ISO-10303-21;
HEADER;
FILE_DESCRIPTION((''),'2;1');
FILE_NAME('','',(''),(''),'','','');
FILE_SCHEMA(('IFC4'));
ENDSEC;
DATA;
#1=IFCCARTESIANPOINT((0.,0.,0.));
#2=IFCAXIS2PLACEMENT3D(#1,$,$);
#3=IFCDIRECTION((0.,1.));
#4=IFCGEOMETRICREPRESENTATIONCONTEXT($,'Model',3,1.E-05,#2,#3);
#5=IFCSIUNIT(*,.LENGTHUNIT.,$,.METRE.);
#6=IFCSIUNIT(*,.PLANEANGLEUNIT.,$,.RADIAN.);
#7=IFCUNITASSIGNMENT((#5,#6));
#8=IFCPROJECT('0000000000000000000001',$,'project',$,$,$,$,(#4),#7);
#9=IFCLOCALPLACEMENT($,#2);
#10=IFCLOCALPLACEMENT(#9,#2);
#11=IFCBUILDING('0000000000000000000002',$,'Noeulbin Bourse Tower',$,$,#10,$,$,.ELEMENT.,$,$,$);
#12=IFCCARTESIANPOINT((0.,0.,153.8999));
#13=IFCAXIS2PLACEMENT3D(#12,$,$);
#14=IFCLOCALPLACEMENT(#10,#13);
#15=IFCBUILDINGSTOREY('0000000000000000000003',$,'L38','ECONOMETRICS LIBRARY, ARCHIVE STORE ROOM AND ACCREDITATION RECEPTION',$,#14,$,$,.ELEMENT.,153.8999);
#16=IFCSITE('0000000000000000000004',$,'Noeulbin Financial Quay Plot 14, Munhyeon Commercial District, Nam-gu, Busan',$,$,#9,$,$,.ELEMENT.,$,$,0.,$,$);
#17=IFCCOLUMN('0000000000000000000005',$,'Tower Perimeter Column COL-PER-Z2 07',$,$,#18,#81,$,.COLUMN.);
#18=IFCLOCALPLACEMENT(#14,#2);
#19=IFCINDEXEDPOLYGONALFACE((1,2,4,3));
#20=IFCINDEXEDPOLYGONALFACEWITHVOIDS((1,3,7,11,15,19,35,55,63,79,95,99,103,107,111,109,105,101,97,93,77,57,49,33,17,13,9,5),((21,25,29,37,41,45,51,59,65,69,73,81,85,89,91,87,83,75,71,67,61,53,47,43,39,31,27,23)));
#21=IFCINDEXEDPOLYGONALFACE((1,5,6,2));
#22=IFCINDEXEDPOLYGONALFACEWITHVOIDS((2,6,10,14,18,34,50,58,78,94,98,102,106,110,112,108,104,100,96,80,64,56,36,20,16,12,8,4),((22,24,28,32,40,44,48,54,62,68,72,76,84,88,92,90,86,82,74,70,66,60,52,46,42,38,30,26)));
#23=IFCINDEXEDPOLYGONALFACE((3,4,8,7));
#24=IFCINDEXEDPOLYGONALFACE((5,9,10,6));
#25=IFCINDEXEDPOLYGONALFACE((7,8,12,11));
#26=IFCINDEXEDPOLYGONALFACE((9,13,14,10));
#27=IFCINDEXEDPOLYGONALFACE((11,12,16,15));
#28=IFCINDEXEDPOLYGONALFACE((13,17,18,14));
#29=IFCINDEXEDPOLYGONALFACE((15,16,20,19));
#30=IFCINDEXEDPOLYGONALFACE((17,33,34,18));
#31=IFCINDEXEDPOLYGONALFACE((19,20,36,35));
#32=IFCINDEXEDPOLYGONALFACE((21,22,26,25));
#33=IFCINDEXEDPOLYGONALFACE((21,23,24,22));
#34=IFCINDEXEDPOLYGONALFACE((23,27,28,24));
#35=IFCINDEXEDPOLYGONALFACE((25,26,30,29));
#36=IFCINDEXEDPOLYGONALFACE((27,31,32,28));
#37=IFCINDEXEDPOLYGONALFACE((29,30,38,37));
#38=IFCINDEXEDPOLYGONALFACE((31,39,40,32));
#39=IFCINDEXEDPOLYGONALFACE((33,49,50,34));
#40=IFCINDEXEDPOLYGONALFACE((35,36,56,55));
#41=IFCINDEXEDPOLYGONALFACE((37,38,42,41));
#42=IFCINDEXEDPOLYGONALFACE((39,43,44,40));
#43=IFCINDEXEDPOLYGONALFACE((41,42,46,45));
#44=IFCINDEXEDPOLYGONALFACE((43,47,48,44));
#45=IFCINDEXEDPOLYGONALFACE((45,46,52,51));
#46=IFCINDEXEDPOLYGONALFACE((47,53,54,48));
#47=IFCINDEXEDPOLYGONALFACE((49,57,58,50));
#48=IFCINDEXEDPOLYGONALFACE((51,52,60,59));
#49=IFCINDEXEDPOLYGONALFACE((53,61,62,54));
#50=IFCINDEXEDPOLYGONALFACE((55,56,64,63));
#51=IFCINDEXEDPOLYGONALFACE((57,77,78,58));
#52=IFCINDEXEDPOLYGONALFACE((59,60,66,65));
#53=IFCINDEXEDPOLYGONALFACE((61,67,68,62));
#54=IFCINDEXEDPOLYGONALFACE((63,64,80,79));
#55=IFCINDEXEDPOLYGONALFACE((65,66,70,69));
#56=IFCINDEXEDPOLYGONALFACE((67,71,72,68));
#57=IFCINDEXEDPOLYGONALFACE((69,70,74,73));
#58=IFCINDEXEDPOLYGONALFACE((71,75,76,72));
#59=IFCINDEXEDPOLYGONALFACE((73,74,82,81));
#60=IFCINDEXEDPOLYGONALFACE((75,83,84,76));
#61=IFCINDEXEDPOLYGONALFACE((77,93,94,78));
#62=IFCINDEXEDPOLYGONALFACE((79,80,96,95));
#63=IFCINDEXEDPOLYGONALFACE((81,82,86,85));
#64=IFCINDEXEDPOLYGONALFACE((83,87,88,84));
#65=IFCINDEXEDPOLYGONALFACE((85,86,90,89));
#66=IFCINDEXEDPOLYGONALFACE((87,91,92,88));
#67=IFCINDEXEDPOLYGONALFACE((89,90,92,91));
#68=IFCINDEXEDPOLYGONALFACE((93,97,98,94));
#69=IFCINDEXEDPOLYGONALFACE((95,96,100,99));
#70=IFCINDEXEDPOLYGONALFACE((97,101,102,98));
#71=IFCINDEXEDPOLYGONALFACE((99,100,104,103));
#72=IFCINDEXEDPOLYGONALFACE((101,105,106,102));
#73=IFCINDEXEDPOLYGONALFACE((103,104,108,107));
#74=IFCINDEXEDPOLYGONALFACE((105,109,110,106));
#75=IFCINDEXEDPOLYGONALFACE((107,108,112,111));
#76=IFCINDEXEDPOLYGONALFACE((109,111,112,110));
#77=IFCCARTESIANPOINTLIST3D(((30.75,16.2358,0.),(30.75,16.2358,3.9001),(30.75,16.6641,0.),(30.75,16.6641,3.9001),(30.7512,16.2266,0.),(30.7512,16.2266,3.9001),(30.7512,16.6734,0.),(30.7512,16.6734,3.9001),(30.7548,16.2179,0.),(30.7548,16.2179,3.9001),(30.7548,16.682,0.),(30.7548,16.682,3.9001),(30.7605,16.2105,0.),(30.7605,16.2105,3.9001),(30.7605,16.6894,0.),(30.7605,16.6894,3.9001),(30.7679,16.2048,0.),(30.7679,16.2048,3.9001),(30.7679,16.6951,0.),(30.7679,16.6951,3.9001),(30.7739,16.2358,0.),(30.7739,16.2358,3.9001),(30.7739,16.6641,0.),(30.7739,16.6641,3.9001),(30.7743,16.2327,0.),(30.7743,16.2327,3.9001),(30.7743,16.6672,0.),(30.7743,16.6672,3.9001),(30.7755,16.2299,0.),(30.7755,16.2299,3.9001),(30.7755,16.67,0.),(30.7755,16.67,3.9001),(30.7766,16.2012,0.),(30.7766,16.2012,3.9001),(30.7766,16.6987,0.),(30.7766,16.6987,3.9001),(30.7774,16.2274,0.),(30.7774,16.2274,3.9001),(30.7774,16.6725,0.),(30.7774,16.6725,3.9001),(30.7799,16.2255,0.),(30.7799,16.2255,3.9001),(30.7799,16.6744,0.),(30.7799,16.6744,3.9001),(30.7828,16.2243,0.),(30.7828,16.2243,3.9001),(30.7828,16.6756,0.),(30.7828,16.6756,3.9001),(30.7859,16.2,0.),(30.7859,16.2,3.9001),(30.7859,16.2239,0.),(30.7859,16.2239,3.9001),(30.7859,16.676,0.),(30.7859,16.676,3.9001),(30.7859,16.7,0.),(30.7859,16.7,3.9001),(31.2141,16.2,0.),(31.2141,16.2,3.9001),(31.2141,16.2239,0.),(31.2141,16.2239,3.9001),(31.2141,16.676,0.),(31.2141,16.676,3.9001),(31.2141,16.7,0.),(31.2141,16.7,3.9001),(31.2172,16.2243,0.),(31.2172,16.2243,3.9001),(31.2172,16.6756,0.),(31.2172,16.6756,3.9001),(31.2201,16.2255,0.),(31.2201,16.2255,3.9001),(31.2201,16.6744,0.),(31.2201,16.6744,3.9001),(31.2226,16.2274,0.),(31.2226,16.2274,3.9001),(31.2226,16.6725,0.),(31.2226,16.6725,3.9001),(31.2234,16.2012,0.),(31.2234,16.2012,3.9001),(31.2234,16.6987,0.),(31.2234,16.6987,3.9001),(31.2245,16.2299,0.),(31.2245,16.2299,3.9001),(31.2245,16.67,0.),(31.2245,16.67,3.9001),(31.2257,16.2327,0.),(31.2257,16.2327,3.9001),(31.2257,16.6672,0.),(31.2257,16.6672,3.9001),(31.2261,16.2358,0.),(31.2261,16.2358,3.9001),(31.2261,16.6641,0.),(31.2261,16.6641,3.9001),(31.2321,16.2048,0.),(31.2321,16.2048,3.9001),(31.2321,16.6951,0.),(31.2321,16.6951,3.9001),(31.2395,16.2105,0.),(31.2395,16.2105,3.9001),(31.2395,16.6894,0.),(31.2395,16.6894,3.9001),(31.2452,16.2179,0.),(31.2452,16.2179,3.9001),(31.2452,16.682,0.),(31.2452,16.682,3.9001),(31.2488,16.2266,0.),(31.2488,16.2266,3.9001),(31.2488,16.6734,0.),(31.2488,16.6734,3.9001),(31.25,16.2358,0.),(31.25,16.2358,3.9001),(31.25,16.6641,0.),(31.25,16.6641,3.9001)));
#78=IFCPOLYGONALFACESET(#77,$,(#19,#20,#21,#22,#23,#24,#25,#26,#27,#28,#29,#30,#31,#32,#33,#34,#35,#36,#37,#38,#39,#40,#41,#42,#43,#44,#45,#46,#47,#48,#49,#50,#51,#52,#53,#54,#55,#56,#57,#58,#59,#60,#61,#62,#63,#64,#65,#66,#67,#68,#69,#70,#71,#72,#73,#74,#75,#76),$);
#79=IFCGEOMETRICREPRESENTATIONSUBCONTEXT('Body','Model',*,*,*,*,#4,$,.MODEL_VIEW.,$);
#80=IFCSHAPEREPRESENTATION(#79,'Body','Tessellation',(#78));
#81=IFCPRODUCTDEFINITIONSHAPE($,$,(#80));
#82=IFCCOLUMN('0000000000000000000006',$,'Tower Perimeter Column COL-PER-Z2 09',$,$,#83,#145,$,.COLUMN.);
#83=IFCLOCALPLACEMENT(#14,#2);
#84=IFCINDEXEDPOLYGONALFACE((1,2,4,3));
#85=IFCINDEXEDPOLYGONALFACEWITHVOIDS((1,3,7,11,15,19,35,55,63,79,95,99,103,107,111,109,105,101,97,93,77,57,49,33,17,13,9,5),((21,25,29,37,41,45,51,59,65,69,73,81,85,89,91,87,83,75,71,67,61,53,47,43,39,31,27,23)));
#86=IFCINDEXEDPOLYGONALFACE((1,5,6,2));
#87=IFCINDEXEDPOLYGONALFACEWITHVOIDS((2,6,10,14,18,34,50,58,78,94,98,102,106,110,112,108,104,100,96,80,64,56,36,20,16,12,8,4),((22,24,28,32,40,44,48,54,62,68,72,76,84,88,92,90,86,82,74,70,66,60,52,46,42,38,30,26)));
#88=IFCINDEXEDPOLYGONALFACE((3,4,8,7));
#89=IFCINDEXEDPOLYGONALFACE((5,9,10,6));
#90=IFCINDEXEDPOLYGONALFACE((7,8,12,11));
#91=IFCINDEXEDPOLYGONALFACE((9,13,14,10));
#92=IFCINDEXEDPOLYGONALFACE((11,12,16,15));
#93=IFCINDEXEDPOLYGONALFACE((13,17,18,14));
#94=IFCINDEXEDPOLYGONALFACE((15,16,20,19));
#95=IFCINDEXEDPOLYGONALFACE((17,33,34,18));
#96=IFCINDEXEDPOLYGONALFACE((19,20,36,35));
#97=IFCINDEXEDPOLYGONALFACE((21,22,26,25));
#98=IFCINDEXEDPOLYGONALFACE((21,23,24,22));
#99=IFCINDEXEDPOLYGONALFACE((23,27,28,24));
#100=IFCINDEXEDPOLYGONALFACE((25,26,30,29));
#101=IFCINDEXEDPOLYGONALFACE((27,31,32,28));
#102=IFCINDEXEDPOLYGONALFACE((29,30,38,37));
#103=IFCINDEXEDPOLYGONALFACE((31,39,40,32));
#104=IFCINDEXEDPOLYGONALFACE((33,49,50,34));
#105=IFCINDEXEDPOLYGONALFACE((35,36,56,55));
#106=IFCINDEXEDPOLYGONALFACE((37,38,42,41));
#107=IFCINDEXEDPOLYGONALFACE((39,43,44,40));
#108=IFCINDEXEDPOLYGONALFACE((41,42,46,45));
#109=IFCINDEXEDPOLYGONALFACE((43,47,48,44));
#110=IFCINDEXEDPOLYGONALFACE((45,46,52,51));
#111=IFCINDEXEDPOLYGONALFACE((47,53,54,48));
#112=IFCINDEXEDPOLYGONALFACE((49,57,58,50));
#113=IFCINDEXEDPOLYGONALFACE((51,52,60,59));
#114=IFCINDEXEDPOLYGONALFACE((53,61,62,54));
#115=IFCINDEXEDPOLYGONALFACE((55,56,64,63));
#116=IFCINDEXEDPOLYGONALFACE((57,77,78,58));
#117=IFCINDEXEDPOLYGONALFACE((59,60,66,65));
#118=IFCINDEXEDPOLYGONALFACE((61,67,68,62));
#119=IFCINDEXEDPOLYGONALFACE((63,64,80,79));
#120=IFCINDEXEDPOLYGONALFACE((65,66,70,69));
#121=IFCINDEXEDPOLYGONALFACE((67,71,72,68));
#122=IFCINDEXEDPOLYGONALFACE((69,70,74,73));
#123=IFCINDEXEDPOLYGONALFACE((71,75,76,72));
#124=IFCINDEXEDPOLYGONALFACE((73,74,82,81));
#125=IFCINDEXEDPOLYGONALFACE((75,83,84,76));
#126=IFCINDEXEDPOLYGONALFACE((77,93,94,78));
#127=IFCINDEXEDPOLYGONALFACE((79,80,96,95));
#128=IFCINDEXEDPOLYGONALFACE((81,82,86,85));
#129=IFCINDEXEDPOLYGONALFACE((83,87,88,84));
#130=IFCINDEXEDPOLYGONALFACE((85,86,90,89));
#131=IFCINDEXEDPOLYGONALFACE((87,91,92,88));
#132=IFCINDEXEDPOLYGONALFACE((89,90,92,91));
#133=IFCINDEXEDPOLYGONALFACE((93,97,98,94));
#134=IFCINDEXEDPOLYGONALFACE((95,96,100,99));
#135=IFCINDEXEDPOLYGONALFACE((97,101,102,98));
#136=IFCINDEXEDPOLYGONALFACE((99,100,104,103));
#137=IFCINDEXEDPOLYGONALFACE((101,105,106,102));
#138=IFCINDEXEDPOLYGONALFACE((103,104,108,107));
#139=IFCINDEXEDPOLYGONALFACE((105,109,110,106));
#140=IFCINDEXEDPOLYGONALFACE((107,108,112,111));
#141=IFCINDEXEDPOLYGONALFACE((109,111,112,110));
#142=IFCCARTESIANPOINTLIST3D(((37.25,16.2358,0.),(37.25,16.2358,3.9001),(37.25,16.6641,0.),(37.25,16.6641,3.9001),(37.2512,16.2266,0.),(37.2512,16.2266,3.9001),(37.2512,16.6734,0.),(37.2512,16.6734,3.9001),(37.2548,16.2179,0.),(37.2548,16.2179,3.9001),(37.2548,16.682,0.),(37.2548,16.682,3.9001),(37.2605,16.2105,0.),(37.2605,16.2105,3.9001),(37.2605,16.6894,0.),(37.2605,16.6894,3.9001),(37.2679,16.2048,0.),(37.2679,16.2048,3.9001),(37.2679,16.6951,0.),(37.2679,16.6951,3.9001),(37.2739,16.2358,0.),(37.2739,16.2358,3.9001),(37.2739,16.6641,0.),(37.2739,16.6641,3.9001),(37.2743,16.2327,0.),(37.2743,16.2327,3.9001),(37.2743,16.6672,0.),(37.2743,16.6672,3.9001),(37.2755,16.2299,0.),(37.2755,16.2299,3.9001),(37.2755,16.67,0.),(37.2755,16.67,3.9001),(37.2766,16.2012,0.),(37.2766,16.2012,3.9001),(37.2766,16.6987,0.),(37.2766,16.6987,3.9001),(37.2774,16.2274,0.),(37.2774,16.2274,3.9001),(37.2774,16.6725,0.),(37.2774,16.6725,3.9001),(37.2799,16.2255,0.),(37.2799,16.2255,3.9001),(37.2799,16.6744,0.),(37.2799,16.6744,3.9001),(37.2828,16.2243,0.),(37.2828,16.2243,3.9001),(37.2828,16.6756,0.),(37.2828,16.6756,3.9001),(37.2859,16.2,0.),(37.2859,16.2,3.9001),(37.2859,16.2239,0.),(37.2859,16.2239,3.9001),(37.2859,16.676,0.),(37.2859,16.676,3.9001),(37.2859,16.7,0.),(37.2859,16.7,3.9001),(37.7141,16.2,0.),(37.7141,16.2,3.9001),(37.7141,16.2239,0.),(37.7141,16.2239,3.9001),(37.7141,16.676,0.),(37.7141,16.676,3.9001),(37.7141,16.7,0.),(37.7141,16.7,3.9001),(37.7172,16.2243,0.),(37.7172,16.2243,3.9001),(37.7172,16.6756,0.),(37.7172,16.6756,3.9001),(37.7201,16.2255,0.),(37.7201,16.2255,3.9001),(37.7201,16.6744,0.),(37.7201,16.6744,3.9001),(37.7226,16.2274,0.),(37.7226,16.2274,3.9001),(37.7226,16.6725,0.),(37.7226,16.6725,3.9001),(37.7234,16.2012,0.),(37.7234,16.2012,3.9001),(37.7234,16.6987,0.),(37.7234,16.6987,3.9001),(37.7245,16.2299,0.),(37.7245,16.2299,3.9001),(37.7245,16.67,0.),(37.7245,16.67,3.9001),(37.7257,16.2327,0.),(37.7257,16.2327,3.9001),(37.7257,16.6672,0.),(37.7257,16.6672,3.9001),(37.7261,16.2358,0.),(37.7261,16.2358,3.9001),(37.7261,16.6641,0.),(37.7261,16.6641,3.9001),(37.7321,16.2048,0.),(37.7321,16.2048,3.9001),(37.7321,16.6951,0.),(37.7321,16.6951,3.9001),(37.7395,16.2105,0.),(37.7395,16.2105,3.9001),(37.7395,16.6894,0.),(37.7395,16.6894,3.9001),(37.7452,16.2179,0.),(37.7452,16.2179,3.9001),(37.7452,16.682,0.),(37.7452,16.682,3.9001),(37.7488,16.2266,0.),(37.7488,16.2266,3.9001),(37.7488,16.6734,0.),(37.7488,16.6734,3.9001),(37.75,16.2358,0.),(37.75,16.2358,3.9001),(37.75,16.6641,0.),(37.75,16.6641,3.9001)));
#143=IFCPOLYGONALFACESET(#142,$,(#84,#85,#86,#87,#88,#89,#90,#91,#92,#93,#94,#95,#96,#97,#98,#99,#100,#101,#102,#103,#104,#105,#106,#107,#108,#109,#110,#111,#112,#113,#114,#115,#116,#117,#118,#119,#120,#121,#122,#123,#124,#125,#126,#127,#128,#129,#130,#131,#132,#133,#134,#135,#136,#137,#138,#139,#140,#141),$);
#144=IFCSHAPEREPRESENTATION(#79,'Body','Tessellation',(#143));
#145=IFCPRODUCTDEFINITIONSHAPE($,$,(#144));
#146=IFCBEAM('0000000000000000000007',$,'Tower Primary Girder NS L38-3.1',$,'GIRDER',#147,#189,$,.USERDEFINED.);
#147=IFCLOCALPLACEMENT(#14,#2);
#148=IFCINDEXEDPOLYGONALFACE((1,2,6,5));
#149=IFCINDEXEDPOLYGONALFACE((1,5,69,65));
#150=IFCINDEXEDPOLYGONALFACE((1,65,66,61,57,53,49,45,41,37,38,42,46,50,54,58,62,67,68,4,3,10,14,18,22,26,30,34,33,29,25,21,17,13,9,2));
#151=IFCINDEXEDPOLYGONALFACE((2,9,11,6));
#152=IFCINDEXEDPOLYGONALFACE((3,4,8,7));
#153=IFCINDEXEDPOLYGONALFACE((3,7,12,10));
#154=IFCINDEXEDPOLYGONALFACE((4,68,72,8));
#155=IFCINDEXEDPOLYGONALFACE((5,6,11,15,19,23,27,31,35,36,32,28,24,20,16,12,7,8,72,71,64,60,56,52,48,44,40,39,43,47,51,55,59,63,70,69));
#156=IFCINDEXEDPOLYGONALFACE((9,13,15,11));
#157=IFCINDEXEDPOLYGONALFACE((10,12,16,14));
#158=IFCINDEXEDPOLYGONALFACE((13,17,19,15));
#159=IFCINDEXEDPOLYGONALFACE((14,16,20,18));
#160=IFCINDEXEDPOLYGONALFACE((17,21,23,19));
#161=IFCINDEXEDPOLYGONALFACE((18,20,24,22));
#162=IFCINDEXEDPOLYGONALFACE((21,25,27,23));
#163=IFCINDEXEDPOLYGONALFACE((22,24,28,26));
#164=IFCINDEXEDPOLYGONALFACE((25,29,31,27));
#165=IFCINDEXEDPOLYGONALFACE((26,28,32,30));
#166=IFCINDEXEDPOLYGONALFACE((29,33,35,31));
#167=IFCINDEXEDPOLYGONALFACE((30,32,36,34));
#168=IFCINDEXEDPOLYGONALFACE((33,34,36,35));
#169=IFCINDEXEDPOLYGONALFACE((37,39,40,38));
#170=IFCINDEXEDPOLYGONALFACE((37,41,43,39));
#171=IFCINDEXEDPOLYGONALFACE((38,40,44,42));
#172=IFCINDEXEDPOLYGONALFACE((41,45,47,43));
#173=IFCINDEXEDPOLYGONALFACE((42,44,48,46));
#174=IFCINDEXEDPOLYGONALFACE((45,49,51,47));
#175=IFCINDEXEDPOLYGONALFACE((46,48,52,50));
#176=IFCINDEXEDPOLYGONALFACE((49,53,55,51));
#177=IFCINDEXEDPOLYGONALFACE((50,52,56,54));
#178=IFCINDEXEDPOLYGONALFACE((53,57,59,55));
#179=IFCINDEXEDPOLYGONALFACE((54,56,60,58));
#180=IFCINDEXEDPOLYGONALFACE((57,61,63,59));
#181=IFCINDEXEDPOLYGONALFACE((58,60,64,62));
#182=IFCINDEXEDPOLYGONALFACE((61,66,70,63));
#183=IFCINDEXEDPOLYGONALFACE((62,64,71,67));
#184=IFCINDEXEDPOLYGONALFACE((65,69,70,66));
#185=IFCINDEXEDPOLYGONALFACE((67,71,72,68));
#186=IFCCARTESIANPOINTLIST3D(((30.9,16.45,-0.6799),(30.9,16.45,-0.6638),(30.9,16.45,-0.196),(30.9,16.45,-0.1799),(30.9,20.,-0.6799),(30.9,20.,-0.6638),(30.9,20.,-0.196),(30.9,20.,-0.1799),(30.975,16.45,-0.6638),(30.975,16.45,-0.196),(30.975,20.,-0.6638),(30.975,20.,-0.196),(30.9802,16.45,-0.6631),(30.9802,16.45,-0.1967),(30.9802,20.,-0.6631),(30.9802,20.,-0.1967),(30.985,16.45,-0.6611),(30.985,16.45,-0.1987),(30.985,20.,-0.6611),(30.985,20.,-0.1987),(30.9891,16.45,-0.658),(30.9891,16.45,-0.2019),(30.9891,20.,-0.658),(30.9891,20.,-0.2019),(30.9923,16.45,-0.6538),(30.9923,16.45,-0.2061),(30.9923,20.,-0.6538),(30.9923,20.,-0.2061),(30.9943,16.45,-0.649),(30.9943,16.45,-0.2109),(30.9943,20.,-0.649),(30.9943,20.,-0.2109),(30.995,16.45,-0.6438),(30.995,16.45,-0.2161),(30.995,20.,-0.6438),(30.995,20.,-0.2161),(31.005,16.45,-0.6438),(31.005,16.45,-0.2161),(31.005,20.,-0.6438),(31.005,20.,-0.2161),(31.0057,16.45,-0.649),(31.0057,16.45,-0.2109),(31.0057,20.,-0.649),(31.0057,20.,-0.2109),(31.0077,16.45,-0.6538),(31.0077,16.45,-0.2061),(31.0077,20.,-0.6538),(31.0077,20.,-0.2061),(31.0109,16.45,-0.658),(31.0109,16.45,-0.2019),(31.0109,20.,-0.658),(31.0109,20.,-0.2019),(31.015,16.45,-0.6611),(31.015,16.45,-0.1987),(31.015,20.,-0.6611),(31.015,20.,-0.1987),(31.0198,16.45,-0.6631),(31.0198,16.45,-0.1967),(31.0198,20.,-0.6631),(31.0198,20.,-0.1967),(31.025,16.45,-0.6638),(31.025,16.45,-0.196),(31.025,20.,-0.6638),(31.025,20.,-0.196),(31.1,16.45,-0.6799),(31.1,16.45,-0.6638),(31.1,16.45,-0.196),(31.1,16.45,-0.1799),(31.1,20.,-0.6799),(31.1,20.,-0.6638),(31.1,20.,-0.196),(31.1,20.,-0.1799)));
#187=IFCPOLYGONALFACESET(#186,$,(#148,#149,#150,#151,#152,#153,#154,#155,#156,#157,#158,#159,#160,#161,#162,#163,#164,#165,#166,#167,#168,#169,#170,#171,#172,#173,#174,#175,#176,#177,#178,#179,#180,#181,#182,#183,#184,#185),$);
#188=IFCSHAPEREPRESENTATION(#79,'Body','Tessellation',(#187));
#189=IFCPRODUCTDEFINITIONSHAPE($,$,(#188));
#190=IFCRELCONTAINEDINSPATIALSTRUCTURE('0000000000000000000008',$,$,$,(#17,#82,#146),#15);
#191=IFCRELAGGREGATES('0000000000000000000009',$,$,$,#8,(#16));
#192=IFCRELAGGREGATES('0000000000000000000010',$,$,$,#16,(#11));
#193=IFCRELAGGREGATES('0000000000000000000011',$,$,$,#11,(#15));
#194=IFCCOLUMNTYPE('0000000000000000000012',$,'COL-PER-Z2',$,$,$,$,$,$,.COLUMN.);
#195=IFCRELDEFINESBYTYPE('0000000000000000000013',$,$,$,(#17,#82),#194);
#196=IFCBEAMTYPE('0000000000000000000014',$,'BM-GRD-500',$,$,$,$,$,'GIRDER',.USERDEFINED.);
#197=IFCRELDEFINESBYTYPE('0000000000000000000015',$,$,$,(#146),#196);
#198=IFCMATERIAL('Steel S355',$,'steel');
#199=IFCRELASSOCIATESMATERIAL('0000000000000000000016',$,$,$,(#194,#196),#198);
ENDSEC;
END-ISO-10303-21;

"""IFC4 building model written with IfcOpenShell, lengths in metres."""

from ifc_helpers import new_model, si_unit, direction, frame, origin, origin_2d, place, context, subcontext, project, spatial, hollow_rectangle, i_section, extrude, material, material_profile, profile_set, type_object, element, save


model = new_model("IFC4")

# Units and contexts
model_context = context("Model", 3, precision=1e-05, world=origin(), true_north=direction((0.0, 1.0)))
body_context = subcontext(model_context, "Body", "Model", "MODEL_VIEW")
ifc_project = project(units=[si_unit("LENGTHUNIT", "METRE"), si_unit("PLANEANGLEUNIT", "RADIAN")], contexts=[model_context])

# Site, building, storey
site_placement = place(None, origin())
site = spatial("IfcSite", under=ifc_project, at=site_placement, Name="Noeulbin Financial Quay Plot 14, Munhyeon Commercial District, Nam-gu, Busan", CompositionType="ELEMENT", RefElevation=0.0)
building_placement = place(site_placement, origin())
building = spatial("IfcBuilding", under=site, at=building_placement, Name="Noeulbin Bourse Tower", CompositionType="ELEMENT")
storey_placement = place(building_placement, frame((0.0, 0.0, 153.8999)))
storey = spatial("IfcBuildingStorey", under=building, at=storey_placement, Name="L38", Description="ECONOMETRICS LIBRARY, ARCHIVE STORE ROOM AND ACCREDITATION RECEPTION", CompositionType="ELEMENT", Elevation=153.8999)

# Columns
ifc_material_1 = material(Name="Steel S355", Category="steel")
ifc_material_profile_1 = material_profile(ifc_material_1, hollow_rectangle(XDim=0.5, YDim=0.5, WallThickness=0.0239, InnerFilletRadius=0.012, OuterFilletRadius=0.0359, at=origin_2d()), Name="BOX-500x500x24", Category="LoadBearing")
ifc_profile_set_1 = profile_set([ifc_material_profile_1], Name="Steel S355")
column_type = type_object("IfcColumnType", Name="COL-PER-Z2", PredefinedType="COLUMN", material=ifc_profile_set_1)
for number, where, z_axis, x_axis, name in (
    (1, (31.0, 16.45, 0.0), (0.0, 0.0, 1.0), (1.0, 0.0, 0.0), "Tower Perimeter Column COL-PER-Z2 07"),
    (2, (37.5, 16.45, 0.0), (0.0, 0.0, 1.0), (1.0, 0.0, 0.0), "Tower Perimeter Column COL-PER-Z2 09"),
):
    element("IfcColumn", number, at=place(storey_placement, frame(where, z_axis=z_axis, x_axis=x_axis)), inside=storey, type_object=column_type, Name=name, PredefinedType="COLUMN", context=body_context, shape_type="SweptSolid", body=[
        extrude(hollow_rectangle(XDim=0.5, YDim=0.5, WallThickness=0.0239, InnerFilletRadius=0.012, OuterFilletRadius=0.0359, at=origin_2d()), origin(), (0.0, 0.0, 1.0), 3.9001),
    ])

# Beam
ifc_material_profile_2 = material_profile(ifc_material_1, i_section(OverallWidth=0.2, OverallDepth=0.5, WebThickness=0.01, FlangeThickness=0.0161, FilletRadius=0.02, at=origin_2d()), Name="H-500x200x10x16", Category="LoadBearing")
ifc_profile_set_2 = profile_set([ifc_material_profile_2], Name="Steel S355")
beam_type_1 = type_object("IfcBeamType", Name="BM-GRD-500", ElementType="GIRDER", PredefinedType="USERDEFINED", material=ifc_profile_set_2)
for number, where, z_axis, x_axis, name in (
    (3, (31.0, 16.45, -0.4299), (0.0, 1.0, 0.0), (-1.0, 0.0, 0.0), "Tower Primary Girder NS L38-3.1"),
):
    element("IfcBeam", number, at=place(storey_placement, frame(where, z_axis=z_axis, x_axis=x_axis)), inside=storey, type_object=beam_type_1, Name=name, ObjectType="GIRDER", PredefinedType="USERDEFINED", context=body_context, shape_type="SweptSolid", body=[
        extrude(i_section(OverallWidth=0.2, OverallDepth=0.5, WebThickness=0.01, FlangeThickness=0.0161, FilletRadius=0.02, at=origin_2d()), origin(), (0.0, 0.0, 1.0), 3.55),
    ])

save(model, "model.ifc")
